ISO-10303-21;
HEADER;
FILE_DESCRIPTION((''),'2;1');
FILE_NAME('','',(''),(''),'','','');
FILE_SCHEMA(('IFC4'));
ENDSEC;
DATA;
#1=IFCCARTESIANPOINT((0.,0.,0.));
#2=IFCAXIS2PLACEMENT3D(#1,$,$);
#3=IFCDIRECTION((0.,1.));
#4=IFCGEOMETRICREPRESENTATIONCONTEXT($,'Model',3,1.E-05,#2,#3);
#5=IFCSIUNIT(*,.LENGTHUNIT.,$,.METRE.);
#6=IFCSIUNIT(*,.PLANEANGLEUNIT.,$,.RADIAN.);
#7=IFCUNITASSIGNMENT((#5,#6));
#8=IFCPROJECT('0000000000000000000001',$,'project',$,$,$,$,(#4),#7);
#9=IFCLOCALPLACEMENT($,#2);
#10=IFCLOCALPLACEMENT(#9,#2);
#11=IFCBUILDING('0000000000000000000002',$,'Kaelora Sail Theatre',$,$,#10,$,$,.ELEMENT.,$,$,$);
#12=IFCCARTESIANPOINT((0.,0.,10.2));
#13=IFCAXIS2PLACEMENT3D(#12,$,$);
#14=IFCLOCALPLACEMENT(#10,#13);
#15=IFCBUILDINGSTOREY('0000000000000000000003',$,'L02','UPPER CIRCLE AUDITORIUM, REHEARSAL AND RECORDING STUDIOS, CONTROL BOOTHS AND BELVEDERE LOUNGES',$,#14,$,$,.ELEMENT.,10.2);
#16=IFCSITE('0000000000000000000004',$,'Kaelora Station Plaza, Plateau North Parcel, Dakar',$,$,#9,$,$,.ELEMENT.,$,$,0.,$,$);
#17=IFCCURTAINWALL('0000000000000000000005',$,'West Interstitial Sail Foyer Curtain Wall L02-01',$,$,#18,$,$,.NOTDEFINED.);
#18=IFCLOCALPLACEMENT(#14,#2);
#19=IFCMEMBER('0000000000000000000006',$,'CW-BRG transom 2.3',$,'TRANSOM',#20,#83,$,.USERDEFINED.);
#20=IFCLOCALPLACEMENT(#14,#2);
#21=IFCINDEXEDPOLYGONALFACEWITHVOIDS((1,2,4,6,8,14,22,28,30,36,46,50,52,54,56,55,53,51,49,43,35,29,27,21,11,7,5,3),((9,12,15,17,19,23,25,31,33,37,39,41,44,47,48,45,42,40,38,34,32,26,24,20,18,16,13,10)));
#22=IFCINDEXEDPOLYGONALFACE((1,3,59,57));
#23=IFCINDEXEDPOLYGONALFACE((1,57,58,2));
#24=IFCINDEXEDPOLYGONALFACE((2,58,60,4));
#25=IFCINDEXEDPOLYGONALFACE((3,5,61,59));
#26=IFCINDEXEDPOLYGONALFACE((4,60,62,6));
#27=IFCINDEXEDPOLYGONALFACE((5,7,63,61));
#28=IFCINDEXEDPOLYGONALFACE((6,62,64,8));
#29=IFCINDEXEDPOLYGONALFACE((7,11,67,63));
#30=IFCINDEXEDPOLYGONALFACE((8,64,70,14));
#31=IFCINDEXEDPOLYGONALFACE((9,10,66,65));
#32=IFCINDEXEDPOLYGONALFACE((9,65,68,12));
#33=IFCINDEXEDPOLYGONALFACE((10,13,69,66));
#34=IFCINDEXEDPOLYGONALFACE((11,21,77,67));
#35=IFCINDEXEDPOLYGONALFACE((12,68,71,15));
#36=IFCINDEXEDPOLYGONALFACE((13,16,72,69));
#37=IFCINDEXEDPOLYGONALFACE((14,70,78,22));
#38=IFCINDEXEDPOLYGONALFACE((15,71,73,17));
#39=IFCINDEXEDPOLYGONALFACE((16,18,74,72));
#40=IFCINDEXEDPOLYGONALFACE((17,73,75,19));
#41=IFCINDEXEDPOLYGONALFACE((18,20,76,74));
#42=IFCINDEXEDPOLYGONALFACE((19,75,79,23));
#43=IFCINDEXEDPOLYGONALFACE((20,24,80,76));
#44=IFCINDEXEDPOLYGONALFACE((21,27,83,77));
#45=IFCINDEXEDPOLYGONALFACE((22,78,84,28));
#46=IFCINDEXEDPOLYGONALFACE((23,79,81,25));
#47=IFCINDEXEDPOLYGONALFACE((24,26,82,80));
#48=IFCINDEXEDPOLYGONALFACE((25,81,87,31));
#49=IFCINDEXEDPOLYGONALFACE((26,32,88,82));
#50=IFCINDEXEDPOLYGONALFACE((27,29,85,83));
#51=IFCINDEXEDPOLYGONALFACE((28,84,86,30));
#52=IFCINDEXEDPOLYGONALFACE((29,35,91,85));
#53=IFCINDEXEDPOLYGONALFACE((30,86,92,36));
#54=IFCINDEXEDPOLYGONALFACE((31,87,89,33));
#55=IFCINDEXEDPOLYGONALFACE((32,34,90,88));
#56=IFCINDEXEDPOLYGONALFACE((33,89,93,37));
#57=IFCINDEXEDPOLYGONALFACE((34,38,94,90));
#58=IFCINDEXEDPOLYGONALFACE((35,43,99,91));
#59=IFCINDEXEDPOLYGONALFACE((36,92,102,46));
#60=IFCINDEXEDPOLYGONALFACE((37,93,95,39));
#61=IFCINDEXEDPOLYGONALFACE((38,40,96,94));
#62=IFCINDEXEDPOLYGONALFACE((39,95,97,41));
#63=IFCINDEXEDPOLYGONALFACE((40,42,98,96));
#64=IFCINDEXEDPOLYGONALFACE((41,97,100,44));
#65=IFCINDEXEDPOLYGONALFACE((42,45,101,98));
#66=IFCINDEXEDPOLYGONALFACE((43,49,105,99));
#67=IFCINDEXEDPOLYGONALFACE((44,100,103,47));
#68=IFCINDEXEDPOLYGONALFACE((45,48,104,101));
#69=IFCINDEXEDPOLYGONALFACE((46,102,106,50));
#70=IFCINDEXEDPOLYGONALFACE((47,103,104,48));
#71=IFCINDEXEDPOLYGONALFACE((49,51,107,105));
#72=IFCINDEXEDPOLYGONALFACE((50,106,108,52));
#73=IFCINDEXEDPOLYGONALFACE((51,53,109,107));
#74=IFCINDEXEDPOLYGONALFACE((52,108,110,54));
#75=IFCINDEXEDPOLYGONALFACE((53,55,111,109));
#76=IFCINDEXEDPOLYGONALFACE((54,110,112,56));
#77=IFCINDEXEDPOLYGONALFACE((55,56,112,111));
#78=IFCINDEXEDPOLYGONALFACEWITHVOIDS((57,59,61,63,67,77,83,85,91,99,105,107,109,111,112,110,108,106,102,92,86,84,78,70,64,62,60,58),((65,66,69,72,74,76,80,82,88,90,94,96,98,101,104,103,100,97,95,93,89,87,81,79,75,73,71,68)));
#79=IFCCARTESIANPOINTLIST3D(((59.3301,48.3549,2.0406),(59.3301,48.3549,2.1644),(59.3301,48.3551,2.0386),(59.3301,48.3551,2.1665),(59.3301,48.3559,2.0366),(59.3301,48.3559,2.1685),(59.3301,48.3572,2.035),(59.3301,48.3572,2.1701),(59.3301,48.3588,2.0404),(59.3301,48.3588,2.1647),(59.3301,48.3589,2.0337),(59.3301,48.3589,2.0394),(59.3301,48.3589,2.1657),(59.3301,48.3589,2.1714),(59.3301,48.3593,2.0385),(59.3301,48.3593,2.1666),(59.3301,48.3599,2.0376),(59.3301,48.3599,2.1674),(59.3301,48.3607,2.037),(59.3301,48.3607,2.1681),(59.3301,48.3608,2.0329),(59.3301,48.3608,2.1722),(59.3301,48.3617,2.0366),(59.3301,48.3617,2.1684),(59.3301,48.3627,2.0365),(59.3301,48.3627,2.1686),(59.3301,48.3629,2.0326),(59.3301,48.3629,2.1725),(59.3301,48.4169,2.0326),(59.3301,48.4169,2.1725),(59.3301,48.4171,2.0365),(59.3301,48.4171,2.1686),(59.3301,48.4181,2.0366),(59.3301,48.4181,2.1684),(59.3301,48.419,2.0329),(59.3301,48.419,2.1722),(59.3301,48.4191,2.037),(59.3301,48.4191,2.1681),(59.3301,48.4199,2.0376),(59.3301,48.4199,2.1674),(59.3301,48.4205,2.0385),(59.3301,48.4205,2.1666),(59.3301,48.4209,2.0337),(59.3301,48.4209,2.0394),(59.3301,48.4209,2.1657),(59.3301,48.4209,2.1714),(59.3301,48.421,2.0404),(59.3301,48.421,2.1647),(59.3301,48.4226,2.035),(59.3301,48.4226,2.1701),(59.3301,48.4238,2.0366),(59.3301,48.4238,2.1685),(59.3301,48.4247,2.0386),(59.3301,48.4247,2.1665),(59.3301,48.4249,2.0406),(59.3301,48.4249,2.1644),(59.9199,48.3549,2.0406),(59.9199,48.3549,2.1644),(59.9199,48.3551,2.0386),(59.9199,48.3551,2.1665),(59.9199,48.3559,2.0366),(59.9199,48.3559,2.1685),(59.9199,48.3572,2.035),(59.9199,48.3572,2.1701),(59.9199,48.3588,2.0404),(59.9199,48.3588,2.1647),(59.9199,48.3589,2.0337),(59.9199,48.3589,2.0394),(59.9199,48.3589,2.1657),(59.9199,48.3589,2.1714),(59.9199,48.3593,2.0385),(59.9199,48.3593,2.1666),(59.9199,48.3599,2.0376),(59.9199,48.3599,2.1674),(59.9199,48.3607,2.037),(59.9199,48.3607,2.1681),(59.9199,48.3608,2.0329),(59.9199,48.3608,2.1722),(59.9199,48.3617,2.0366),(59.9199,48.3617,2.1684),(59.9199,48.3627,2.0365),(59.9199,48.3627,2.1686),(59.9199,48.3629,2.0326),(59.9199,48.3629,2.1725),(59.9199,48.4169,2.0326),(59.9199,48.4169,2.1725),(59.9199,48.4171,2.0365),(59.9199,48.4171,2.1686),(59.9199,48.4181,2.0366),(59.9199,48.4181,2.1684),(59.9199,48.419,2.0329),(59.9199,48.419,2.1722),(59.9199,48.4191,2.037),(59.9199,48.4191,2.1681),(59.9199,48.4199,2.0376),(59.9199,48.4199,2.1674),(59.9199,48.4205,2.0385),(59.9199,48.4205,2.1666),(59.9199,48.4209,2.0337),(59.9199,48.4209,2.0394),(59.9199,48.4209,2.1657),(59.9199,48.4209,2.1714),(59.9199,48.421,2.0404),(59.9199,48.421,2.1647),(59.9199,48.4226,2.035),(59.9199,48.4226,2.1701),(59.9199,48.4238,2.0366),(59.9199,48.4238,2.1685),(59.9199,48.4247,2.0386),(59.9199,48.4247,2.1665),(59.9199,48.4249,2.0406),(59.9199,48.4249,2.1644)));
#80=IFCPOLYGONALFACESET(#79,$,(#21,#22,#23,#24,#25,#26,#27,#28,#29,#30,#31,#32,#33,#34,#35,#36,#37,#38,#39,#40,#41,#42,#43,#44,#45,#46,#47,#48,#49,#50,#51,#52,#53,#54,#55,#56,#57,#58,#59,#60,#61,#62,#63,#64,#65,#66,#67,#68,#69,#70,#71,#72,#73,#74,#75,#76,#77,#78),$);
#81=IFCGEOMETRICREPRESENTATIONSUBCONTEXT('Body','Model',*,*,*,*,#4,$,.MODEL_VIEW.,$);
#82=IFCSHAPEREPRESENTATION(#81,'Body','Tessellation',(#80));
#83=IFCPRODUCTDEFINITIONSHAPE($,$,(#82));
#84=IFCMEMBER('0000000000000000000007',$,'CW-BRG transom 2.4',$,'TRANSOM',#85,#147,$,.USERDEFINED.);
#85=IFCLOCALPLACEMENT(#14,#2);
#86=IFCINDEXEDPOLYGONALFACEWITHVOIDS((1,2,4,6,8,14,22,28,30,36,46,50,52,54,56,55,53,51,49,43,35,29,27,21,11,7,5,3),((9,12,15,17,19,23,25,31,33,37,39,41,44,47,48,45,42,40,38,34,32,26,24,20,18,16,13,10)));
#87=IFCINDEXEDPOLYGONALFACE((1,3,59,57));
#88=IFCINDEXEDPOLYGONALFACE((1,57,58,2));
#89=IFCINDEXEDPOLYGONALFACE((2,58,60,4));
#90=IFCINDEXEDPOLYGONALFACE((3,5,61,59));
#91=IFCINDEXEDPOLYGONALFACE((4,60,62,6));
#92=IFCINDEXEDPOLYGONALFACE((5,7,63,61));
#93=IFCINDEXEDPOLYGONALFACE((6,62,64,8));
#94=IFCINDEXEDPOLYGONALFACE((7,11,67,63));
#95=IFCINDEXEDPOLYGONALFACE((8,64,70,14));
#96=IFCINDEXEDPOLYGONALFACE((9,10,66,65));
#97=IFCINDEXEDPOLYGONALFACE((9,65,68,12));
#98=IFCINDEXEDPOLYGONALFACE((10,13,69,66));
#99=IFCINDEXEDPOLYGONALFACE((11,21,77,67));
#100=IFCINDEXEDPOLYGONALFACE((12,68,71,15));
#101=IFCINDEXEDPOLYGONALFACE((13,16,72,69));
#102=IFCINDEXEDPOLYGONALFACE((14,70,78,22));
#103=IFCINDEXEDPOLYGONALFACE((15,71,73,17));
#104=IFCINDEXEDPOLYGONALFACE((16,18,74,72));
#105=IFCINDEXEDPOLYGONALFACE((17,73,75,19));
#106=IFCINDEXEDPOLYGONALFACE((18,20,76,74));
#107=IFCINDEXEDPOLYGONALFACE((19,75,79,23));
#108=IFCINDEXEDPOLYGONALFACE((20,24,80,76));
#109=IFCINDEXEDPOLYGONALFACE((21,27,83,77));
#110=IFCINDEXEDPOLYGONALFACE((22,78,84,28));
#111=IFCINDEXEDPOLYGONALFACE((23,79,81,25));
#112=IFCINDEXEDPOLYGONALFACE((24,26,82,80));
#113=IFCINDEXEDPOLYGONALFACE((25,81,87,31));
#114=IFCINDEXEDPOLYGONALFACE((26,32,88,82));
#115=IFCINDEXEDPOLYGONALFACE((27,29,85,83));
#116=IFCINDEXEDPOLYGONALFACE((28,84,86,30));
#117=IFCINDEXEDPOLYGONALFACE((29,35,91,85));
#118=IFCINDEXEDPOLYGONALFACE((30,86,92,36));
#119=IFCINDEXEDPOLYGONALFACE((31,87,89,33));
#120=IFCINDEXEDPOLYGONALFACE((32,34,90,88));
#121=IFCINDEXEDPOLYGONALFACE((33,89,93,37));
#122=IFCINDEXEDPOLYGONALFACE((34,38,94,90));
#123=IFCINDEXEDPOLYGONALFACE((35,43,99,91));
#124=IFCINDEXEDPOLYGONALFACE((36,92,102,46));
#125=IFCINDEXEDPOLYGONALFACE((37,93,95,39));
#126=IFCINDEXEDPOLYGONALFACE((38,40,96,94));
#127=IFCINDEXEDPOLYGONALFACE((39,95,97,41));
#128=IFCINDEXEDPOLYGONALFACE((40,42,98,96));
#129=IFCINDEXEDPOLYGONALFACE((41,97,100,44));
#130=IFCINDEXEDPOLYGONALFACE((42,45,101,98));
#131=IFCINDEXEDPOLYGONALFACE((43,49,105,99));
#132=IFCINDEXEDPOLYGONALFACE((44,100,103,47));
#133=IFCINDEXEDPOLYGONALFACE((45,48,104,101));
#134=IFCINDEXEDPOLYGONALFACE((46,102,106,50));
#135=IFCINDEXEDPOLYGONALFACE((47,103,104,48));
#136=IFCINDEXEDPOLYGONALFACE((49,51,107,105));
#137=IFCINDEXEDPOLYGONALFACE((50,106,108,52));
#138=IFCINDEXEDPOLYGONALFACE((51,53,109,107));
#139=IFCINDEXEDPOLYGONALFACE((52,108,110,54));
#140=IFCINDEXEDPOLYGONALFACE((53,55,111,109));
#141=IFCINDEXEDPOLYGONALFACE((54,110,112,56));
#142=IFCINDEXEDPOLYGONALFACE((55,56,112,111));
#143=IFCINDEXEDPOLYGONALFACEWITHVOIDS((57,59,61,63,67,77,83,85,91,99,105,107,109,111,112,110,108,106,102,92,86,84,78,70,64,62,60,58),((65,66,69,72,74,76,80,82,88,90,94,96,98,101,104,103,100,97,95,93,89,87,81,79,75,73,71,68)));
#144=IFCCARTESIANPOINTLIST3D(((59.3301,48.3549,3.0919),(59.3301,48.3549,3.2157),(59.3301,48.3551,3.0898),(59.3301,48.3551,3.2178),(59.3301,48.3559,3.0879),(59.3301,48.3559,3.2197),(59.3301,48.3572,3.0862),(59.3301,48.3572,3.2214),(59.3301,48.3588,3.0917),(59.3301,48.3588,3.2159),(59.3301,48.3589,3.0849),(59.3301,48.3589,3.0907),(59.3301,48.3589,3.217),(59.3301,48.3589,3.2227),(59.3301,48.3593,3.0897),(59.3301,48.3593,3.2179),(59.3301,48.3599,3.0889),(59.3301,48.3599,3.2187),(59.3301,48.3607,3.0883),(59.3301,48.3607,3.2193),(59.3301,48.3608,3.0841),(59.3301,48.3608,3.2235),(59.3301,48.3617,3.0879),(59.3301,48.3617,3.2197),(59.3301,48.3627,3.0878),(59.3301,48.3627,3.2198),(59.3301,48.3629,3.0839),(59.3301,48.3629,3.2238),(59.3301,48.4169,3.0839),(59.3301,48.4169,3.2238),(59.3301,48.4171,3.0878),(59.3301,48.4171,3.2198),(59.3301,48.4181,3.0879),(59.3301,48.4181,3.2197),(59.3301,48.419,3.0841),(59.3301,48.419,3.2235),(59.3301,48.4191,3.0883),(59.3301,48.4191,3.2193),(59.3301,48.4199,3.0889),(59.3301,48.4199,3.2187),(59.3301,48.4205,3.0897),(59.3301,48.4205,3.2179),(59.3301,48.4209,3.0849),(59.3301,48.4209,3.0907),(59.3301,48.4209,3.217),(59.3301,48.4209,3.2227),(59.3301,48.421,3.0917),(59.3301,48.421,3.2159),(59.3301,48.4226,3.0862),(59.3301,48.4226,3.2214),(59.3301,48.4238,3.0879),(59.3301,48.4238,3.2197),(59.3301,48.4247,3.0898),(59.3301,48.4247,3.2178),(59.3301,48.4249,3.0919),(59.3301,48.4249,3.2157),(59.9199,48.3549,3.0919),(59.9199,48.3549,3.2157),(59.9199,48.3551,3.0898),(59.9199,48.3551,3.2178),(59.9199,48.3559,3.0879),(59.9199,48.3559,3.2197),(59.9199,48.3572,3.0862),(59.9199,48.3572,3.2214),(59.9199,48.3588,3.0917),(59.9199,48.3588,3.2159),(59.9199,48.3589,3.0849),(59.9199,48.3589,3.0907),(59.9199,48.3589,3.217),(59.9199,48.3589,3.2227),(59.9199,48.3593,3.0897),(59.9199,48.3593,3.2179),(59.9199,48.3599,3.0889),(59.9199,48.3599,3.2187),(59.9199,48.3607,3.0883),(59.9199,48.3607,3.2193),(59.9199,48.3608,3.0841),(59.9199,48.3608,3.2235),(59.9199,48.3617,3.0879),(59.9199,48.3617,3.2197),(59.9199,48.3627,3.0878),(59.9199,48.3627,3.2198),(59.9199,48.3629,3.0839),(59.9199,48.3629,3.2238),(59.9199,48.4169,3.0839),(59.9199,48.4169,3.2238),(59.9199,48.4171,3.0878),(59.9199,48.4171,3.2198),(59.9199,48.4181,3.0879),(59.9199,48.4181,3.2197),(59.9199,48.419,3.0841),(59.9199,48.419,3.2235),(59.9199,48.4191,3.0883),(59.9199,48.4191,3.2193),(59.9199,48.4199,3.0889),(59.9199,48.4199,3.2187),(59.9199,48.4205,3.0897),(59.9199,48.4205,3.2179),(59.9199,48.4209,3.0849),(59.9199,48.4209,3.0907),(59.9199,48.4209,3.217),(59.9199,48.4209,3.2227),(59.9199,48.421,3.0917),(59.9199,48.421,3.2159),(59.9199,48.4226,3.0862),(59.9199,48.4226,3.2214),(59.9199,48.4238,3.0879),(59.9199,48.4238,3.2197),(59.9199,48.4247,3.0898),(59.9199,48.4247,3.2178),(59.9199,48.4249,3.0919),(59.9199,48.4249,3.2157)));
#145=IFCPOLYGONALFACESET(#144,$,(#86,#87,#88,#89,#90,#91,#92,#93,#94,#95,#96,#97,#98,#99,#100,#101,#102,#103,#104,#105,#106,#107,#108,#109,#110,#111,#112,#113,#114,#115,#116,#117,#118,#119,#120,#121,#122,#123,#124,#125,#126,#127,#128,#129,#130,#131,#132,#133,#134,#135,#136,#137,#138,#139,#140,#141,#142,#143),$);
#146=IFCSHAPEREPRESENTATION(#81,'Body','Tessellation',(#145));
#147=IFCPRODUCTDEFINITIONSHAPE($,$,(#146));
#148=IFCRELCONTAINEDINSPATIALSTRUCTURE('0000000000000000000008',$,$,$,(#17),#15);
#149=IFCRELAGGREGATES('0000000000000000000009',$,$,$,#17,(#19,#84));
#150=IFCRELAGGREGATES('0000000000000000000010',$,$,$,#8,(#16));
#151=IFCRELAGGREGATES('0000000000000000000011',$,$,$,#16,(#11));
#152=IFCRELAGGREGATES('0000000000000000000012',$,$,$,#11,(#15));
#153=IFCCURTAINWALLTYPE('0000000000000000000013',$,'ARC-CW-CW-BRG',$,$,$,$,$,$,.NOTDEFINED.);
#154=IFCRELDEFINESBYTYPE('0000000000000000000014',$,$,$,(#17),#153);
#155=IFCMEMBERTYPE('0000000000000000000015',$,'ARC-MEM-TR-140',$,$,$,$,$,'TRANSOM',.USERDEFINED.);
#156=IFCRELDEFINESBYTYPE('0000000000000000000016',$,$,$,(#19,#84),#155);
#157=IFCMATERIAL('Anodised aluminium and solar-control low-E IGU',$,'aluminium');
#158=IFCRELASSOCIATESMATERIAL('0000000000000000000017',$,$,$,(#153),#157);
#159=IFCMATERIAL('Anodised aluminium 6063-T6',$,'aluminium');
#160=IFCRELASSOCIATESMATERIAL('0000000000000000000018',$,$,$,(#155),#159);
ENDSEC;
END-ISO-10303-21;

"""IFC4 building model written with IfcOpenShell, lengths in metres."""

from ifc_helpers import new_model, si_unit, direction, frame, origin, origin_2d, place, context, subcontext, project, spatial, hollow_rectangle, extrude, material, material_profile, profile_set, type_object, element, aggregate, save


model = new_model("IFC4")

# Units and contexts
model_context = context("Model", 3, precision=1e-05, world=origin(), true_north=direction((0.0, 1.0)))
body_context = subcontext(model_context, "Body", "Model", "MODEL_VIEW")
ifc_project = project(units=[si_unit("LENGTHUNIT", "METRE"), si_unit("PLANEANGLEUNIT", "RADIAN")], contexts=[model_context])

# Site, building, storey
site_placement = place(None, origin())
site = spatial("IfcSite", under=ifc_project, at=site_placement, Name="Kaelora Station Plaza, Plateau North Parcel, Dakar", CompositionType="ELEMENT", RefElevation=0.0)
building_placement = place(site_placement, origin())
building = spatial("IfcBuilding", under=site, at=building_placement, Name="Kaelora Sail Theatre", CompositionType="ELEMENT")
storey_placement = place(building_placement, frame((0.0, 0.0, 10.2)))
storey = spatial("IfcBuildingStorey", under=building, at=storey_placement, Name="L02", Description="UPPER CIRCLE AUDITORIUM, REHEARSAL AND RECORDING STUDIOS, CONTROL BOOTHS AND BELVEDERE LOUNGES", CompositionType="ELEMENT", Elevation=10.2)

# Curtain wall, members
ifc_material_1 = material(Name="Anodised aluminium and solar-control low-E IGU", Category="aluminium")
curtain_wall_type = type_object("IfcCurtainWallType", Name="ARC-CW-CW-BRG", PredefinedType="NOTDEFINED", material=ifc_material_1)
curtain_wall_placement = place(storey_placement, origin())
curtain_wall = element("IfcCurtainWall", 1, at=curtain_wall_placement, inside=storey, type_object=curtain_wall_type, Name="West Interstitial Sail Foyer Curtain Wall L02-01", PredefinedType="NOTDEFINED")
ifc_material_2 = material(Name="Anodised aluminium 6063-T6", Category="aluminium")
ifc_material_profile_1 = material_profile(ifc_material_2, hollow_rectangle(XDim=0.0701, YDim=0.1399, WallThickness=0.0039, InnerFilletRadius=0.0039, OuterFilletRadius=0.0081, at=origin_2d()), Name="ALU-TRAN 70x140x4")
ifc_profile_set_1 = profile_set([ifc_material_profile_1], Name="Anodised aluminium 6063-T6")
member_type_1 = type_object("IfcMemberType", Name="ARC-MEM-TR-140", ElementType="TRANSOM", PredefinedType="USERDEFINED", material=ifc_profile_set_1)
member_1_placement = place(storey_placement, frame((59.3301, 48.3899, 2.1025), z_axis=(1.0, 0.0, 0.0), x_axis=(0.0, 1.0, 0.0)))
member_1 = element("IfcMember", 2, at=member_1_placement, type_object=member_type_1, Name="CW-BRG transom 2.3", ObjectType="TRANSOM", PredefinedType="USERDEFINED", context=body_context, shape_type="SweptSolid", body=[
    extrude(hollow_rectangle(XDim=0.0701, YDim=0.1399, WallThickness=0.0039, InnerFilletRadius=0.0039, OuterFilletRadius=0.0081, at=origin_2d()), origin(), (0.0, 0.0, 1.0), 0.5898),
])
member_2_placement = place(storey_placement, frame((59.3301, 48.3899, 3.1538), z_axis=(1.0, 0.0, 0.0), x_axis=(0.0, 1.0, 0.0)))
member_2 = element("IfcMember", 3, at=member_2_placement, type_object=member_type_1, Name="CW-BRG transom 2.4", ObjectType="TRANSOM", PredefinedType="USERDEFINED", context=body_context, shape_type="SweptSolid", body=[
    extrude(hollow_rectangle(XDim=0.0701, YDim=0.1399, WallThickness=0.0039, InnerFilletRadius=0.0039, OuterFilletRadius=0.0081, at=origin_2d()), origin(), (0.0, 0.0, 1.0), 0.5898),
])

aggregate(curtain_wall, [member_1, member_2])

save(model, "model.ifc")
